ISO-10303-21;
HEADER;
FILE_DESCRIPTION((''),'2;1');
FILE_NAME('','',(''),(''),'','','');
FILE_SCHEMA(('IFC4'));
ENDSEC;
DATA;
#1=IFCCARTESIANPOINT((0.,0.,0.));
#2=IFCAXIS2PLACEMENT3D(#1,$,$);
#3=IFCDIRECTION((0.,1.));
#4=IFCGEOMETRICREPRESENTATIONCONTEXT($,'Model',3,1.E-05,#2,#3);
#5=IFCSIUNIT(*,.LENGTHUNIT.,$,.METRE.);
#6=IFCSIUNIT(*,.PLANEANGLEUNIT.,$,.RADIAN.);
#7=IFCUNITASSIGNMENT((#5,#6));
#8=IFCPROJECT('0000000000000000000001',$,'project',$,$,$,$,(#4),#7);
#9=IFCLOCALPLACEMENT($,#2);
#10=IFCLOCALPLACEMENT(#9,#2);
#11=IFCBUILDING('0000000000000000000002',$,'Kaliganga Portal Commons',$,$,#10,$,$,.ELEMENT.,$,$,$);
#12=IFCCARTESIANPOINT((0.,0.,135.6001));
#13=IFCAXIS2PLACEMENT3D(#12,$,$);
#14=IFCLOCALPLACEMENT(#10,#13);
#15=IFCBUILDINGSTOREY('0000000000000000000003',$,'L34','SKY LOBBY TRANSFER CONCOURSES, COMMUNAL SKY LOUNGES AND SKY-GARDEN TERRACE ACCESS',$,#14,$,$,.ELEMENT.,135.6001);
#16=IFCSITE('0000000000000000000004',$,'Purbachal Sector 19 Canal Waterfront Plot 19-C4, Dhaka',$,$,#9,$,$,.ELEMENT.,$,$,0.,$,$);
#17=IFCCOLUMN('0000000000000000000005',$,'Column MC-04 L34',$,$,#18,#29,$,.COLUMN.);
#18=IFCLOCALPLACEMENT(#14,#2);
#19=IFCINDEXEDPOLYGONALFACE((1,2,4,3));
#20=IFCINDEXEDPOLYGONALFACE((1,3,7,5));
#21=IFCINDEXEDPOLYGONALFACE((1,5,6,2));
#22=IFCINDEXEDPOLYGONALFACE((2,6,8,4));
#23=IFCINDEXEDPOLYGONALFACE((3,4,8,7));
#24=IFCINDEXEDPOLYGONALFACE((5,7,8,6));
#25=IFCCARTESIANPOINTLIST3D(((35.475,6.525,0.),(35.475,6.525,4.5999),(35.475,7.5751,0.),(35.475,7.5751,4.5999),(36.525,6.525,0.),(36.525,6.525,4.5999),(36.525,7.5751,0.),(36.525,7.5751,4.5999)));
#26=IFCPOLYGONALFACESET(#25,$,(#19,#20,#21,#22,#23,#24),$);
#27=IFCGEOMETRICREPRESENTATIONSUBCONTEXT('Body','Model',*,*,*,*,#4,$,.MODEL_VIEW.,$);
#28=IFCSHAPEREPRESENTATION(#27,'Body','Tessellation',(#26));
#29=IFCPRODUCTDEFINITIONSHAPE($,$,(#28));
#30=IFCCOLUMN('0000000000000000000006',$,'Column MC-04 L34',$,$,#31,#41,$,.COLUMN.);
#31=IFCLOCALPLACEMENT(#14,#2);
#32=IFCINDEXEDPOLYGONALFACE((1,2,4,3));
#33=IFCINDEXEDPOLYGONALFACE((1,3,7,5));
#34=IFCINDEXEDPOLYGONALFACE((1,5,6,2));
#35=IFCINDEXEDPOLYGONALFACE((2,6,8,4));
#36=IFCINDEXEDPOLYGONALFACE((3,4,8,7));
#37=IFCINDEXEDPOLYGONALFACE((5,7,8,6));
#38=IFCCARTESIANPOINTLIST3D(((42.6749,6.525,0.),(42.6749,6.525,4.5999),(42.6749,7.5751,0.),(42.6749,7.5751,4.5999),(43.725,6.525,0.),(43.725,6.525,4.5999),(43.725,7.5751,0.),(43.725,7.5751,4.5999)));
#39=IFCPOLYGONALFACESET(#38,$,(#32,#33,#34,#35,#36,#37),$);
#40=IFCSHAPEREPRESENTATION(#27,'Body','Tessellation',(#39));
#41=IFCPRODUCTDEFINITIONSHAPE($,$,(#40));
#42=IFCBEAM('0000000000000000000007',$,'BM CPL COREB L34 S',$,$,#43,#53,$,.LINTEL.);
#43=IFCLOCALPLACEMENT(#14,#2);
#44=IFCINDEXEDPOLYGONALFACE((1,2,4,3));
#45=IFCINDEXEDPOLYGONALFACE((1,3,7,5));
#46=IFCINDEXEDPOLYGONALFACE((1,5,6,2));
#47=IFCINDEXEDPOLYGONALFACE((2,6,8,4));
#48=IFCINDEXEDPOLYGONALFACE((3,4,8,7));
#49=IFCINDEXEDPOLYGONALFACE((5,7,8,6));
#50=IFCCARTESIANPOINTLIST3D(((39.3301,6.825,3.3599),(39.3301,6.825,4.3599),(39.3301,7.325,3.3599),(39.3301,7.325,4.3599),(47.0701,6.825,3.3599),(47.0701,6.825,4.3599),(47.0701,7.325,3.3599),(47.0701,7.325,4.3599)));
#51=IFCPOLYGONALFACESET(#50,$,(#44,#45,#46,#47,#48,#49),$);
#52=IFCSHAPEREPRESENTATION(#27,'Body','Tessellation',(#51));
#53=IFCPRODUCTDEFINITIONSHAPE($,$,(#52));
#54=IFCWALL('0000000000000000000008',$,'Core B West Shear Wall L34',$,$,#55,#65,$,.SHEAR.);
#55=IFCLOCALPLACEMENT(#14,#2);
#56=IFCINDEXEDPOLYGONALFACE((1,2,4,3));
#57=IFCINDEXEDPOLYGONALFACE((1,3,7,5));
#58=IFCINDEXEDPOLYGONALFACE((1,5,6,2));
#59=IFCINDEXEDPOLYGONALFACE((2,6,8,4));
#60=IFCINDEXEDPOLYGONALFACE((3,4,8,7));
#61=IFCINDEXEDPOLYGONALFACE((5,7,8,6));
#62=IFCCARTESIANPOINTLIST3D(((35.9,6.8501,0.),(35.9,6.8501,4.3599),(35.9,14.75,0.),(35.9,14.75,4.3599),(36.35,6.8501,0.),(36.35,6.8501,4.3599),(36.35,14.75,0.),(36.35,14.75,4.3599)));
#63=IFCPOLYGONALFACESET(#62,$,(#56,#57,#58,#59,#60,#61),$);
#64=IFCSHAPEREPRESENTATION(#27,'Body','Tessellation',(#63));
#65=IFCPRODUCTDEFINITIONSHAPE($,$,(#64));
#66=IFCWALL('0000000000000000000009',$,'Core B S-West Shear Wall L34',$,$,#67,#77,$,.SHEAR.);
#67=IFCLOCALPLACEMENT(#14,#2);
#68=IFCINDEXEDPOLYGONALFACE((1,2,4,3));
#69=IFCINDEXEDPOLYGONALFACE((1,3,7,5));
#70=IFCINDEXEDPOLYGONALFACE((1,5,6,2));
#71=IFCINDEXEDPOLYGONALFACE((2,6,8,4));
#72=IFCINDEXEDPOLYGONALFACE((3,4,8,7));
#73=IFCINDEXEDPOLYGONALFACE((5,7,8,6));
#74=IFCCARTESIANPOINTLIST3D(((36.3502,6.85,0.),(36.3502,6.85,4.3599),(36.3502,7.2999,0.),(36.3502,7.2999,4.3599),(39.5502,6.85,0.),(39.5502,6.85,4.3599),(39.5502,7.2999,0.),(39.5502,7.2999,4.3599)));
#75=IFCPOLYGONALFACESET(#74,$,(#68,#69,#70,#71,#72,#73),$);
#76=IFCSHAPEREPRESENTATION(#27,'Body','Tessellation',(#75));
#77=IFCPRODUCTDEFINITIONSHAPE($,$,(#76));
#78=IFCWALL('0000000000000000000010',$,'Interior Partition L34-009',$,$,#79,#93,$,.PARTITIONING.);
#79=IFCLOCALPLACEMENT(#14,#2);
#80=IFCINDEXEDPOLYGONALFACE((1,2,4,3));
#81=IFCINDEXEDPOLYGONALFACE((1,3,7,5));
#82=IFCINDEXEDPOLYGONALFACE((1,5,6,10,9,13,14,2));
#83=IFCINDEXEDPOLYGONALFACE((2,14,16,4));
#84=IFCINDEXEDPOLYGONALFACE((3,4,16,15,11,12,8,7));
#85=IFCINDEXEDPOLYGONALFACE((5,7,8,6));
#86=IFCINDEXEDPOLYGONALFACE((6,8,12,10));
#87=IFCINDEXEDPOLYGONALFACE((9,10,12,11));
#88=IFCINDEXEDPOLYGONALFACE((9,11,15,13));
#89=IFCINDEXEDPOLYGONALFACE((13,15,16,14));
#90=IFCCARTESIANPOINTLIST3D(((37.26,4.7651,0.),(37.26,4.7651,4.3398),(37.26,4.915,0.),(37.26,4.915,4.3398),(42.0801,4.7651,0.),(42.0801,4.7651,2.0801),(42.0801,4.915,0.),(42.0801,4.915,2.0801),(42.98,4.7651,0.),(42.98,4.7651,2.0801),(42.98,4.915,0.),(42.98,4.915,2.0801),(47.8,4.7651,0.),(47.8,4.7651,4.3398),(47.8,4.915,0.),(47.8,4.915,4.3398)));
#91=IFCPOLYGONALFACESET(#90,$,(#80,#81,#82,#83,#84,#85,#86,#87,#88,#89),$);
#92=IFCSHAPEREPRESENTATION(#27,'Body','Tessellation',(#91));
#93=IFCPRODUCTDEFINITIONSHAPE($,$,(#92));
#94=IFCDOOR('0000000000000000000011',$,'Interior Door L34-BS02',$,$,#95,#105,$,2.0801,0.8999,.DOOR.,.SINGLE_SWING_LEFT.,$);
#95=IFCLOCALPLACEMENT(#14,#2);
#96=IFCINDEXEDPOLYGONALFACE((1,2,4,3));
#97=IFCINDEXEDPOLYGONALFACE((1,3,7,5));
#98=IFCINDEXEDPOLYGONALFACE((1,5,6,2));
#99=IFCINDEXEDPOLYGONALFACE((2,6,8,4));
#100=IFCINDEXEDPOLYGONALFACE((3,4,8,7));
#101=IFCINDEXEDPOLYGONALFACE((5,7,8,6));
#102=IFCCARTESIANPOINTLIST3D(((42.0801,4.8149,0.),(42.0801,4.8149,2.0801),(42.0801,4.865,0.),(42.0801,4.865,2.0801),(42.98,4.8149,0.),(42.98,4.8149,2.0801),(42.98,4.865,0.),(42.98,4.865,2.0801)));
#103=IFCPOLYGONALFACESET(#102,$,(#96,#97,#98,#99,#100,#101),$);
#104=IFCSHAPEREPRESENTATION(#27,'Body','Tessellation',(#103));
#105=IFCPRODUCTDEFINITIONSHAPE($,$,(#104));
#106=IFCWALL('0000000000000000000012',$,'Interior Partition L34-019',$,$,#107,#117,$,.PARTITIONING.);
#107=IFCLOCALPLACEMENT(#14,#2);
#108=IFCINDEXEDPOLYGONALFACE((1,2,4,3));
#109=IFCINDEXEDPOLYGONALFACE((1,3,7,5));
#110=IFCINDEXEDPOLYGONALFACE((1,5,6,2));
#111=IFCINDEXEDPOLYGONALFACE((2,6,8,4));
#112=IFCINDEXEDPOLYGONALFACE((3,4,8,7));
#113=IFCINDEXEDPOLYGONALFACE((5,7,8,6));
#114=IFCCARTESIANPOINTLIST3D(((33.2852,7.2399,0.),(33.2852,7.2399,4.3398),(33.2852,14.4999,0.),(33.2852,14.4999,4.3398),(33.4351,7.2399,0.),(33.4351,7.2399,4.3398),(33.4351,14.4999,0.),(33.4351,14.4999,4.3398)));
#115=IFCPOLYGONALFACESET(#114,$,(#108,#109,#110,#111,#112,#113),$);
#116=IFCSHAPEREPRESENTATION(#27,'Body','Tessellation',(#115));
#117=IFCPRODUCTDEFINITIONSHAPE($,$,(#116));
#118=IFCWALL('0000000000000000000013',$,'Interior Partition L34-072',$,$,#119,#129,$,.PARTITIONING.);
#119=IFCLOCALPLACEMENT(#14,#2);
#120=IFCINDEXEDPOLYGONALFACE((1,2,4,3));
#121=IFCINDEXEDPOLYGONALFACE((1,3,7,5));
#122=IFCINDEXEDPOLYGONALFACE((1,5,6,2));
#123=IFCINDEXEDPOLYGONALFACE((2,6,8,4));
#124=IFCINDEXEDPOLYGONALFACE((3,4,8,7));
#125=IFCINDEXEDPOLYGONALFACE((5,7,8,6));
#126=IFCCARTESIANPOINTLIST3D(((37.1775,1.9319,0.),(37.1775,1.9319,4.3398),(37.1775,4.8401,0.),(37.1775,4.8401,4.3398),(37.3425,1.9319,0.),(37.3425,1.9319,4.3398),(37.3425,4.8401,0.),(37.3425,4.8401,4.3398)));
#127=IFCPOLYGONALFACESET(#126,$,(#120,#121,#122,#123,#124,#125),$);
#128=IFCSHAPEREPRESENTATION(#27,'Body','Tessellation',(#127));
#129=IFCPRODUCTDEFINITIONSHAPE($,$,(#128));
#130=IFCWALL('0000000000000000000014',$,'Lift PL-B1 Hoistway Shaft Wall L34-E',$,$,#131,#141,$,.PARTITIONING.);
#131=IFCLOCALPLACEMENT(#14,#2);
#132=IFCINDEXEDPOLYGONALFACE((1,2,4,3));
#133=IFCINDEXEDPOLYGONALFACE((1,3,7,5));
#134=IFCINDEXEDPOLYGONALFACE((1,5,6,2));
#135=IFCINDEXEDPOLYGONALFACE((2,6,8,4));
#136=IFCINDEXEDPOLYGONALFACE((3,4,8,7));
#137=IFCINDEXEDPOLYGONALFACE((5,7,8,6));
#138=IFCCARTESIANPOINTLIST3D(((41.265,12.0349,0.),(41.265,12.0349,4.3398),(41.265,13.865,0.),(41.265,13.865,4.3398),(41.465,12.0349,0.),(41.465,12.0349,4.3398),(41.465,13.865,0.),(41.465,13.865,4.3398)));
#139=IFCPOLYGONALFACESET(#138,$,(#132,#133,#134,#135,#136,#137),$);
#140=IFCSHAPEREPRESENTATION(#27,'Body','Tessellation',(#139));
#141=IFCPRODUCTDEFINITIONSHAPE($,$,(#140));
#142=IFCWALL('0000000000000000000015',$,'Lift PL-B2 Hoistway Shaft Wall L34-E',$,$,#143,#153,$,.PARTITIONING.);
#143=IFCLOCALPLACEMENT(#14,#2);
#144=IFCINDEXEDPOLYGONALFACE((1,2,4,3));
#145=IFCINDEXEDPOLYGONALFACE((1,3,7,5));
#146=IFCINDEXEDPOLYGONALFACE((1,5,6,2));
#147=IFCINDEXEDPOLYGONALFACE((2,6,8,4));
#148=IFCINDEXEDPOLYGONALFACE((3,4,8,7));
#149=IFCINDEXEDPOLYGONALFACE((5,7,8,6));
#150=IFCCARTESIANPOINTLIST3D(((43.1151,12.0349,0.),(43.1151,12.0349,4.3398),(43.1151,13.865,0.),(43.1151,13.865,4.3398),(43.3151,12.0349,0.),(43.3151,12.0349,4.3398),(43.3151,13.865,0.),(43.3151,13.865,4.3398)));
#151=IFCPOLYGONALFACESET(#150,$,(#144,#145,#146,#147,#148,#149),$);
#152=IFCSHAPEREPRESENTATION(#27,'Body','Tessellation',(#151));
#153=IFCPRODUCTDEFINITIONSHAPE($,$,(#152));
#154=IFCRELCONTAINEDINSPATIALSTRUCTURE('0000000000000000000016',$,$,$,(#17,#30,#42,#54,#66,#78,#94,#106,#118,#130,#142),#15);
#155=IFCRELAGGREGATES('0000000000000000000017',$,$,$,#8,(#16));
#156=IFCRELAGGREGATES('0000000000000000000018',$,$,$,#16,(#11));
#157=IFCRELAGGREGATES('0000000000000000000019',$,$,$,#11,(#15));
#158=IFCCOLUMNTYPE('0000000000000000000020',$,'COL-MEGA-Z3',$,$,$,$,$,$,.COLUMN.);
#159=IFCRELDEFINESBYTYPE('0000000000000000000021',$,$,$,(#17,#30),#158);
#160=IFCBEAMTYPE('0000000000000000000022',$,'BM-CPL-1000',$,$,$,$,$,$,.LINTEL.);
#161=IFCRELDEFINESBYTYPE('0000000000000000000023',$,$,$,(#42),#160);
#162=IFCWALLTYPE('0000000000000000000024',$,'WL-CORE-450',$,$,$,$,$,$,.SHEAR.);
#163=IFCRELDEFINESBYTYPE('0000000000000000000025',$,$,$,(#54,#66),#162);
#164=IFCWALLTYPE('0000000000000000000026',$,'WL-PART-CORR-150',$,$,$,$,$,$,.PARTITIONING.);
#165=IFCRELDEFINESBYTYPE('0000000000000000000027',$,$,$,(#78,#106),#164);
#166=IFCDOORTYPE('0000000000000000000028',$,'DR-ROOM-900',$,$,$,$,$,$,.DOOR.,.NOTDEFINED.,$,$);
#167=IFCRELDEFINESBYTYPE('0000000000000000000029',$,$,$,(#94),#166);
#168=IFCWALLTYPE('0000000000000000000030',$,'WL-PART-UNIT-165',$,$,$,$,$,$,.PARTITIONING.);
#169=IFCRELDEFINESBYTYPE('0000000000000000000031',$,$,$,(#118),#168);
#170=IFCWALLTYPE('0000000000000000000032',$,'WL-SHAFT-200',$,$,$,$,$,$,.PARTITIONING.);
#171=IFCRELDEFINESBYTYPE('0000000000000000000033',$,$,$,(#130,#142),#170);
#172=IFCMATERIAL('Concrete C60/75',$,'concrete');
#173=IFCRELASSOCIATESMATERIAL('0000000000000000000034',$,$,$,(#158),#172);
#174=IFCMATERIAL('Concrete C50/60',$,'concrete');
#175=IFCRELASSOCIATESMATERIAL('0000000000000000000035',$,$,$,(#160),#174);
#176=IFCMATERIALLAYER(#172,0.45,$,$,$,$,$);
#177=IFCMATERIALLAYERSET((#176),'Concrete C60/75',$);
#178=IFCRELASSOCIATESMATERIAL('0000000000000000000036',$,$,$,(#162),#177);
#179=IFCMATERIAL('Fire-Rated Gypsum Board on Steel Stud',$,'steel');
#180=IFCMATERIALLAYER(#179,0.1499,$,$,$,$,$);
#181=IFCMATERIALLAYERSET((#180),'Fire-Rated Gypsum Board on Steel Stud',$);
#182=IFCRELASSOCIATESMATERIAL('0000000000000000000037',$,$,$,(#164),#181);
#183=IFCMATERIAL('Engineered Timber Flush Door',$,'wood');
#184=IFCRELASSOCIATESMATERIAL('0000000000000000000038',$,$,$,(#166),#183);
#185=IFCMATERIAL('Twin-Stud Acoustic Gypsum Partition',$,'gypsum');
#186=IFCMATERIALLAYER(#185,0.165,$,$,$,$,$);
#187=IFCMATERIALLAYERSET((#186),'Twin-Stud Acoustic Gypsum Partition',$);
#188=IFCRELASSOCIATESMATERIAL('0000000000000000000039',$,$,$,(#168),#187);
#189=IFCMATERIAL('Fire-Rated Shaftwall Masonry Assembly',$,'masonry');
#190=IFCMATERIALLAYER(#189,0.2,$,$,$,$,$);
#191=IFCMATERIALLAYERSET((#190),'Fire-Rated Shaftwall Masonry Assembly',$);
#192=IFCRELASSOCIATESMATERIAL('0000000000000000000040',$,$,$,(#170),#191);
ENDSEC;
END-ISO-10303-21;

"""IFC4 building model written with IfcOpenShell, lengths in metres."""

from ifc_helpers import new_model, si_unit, direction, frame, frame_2d, origin, origin_2d, place, context, subcontext, project, spatial, rectangle, extrude, source, transform, mapped, material, layer, layer_set, material_profile, profile_set, type_object, element, fill, save


model = new_model("IFC4")

# Units and contexts
model_context = context("Model", 3, precision=1e-05, world=origin(), true_north=direction((0.0, 1.0)))
body_context = subcontext(model_context, "Body", "Model", "MODEL_VIEW")
ifc_project = project(units=[si_unit("LENGTHUNIT", "METRE"), si_unit("PLANEANGLEUNIT", "RADIAN")], contexts=[model_context])

# Site, building, storey
site_placement = place(None, origin())
site = spatial("IfcSite", under=ifc_project, at=site_placement, Name="Purbachal Sector 19 Canal Waterfront Plot 19-C4, Dhaka", CompositionType="ELEMENT", RefElevation=0.0)
building_placement = place(site_placement, origin())
building = spatial("IfcBuilding", under=site, at=building_placement, Name="Kaliganga Portal Commons", CompositionType="ELEMENT")
storey_placement = place(building_placement, frame((0.0, 0.0, 135.6001)))
storey = spatial("IfcBuildingStorey", under=building, at=storey_placement, Name="L34", Description="SKY LOBBY TRANSFER CONCOURSES, COMMUNAL SKY LOUNGES AND SKY-GARDEN TERRACE ACCESS", CompositionType="ELEMENT", Elevation=135.6001)

# Columns
ifc_material_1 = material(Name="Concrete C60/75", Category="concrete")
ifc_material_profile_1 = material_profile(ifc_material_1, rectangle(XDim=1.05, YDim=1.05, at=origin_2d()), Name="RC 1050x1050")
ifc_profile_set_1 = profile_set([ifc_material_profile_1], Name="Concrete C60/75")
column_type = type_object("IfcColumnType", Name="COL-MEGA-Z3", PredefinedType="COLUMN", material=ifc_profile_set_1)
shared_shape_1 = source(origin(), body_context, "Body", "SweptSolid", [
    extrude(rectangle(XDim=1.05, YDim=1.05, at=origin_2d()), origin(), (0.0, 0.0, 1.0), 4.5999),
])
for number, where, z_axis, x_axis, name in (
    (1, (36.0, 7.05, 0.0), (0.0, 0.0, 1.0), (1.0, 0.0, 0.0), "Column MC-04 L34"),
    (2, (43.2, 7.05, 0.0), (0.0, 0.0, 1.0), (1.0, 0.0, 0.0), "Column MC-04 L34"),
):
    element("IfcColumn", number, at=place(storey_placement, frame(where, z_axis=z_axis, x_axis=x_axis)), inside=storey, type_object=column_type, Name=name, PredefinedType="COLUMN", context=body_context, shape_type="MappedRepresentation", body=[
        mapped(shared_shape_1, transform((0.0, 0.0, 0.0), x_axis=(1.0, 0.0, 0.0), y_axis=(0.0, 1.0, 0.0), z_axis=(0.0, 0.0, 1.0), scale=1.0)),
    ])

# Beam
ifc_material_2 = material(Name="Concrete C50/60", Category="concrete")
ifc_material_profile_2 = material_profile(ifc_material_2, rectangle(XDim=0.5, YDim=1.0, at=origin_2d()), Name="RC 500x1000")
ifc_profile_set_2 = profile_set([ifc_material_profile_2], Name="Concrete C50/60")
beam_type = type_object("IfcBeamType", Name="BM-CPL-1000", PredefinedType="LINTEL", material=ifc_profile_set_2)
shared_shape_2 = source(origin(), body_context, "Body", "SweptSolid", [
    extrude(rectangle(XDim=0.5, YDim=1.0, at=origin_2d()), origin(), (0.0, 0.0, 1.0), 7.74),
])
beam_placement = place(storey_placement, frame((39.3301, 7.075, 3.8599), z_axis=(1.0, 0.0, 0.0), x_axis=(0.0, 1.0, 0.0)))
element("IfcBeam", 3, at=beam_placement, inside=storey, type_object=beam_type, Name="BM CPL COREB L34 S", PredefinedType="LINTEL", context=body_context, shape_type="MappedRepresentation", body=[
    mapped(shared_shape_2, transform((0.0, 0.0, 0.0), x_axis=(1.0, 0.0, 0.0), y_axis=(0.0, 1.0, 0.0), z_axis=(0.0, 0.0, 1.0), scale=1.0)),
])

# Walls
ifc_layer_1 = layer(ifc_material_1, 0.45)
ifc_layer_set_1 = layer_set([ifc_layer_1], Name="Concrete C60/75")
wall_type_1 = type_object("IfcWallType", Name="WL-CORE-450", PredefinedType="SHEAR", material=ifc_layer_set_1)
wall_1_placement = place(storey_placement, frame((36.125, 6.8501, 0.0), z_axis=(0.0, 0.0, 1.0), x_axis=(0.0, 1.0, 0.0)))
element("IfcWall", 4, at=wall_1_placement, inside=storey, type_object=wall_type_1, Name="Core B West Shear Wall L34", PredefinedType="SHEAR", context=body_context, shape_type="SweptSolid", body=[
    extrude(rectangle(XDim=7.8999, YDim=0.45, at=frame_2d((3.95, 0.0))), origin(), (0.0, 0.0, 1.0), 4.3599),
])
wall_2_placement = place(storey_placement, frame((36.3501, 7.075, 0.0), z_axis=(0.0, 0.0, 1.0), x_axis=(1.0, 0.0, 0.0)))
element("IfcWall", 5, at=wall_2_placement, inside=storey, type_object=wall_type_1, Name="Core B S-West Shear Wall L34", PredefinedType="SHEAR", context=body_context, shape_type="SweptSolid", body=[
    extrude(rectangle(XDim=3.2, YDim=0.45, at=frame_2d((1.6001, 0.0))), origin(), (0.0, 0.0, 1.0), 4.3599),
])

# Wall, opening, door
ifc_material_3 = material(Name="Fire-Rated Gypsum Board on Steel Stud", Category="steel")
ifc_layer_2 = layer(ifc_material_3, 0.1499)
ifc_layer_set_2 = layer_set([ifc_layer_2], Name="Fire-Rated Gypsum Board on Steel Stud")
wall_type_2 = type_object("IfcWallType", Name="WL-PART-CORR-150", PredefinedType="PARTITIONING", material=ifc_layer_set_2)
wall_3_placement = place(storey_placement, frame((37.26, 4.8401, 0.0), z_axis=(0.0, 0.0, 1.0), x_axis=(1.0, 0.0, 0.0)))
wall_3 = element("IfcWall", 6, at=wall_3_placement, inside=storey, type_object=wall_type_2, Name="Interior Partition L34-009", PredefinedType="PARTITIONING", context=body_context, shape_type="SweptSolid", body=[
    extrude(rectangle(XDim=10.54, YDim=0.1499, at=frame_2d((5.27, 0.0))), origin(), (0.0, 0.0, 1.0), 4.3398),
])
opening_1_placement = place(wall_3_placement, frame((4.8201, 0.0, 0.0)))
opening_1 = element("IfcOpeningElement", 7, at=opening_1_placement, cuts=wall_3, PredefinedType="OPENING", context=body_context, shape_type="SweptSolid", body=[
    extrude(rectangle(XDim=0.8999, YDim=2.0801, at=frame_2d((0.45, 1.04))), frame((0.0, 0.085, 0.0), z_axis=(0.0, -1.0, 0.0), x_axis=(1.0, 0.0, 0.0)), (0.0, 0.0, 1.0), 0.1699),
])
ifc_material_4 = material(Name="Engineered Timber Flush Door", Category="wood")
door_type_1 = type_object("IfcDoorType", Name="DR-ROOM-900", OperationType="NOTDEFINED", PredefinedType="DOOR", material=ifc_material_4)
door_1_placement = place(opening_1_placement, origin())
door_1 = element("IfcDoor", 8, at=door_1_placement, inside=storey, type_object=door_type_1, Name="Interior Door L34-BS02", OperationType="SINGLE_SWING_LEFT", OverallHeight=2.0801, OverallWidth=0.8999, PredefinedType="DOOR", context=body_context, shape_type="SweptSolid", body=[
    extrude(rectangle(XDim=0.8999, YDim=2.0801, at=frame_2d((0.45, 1.04))), frame((0.0, 0.0249, 0.0), z_axis=(0.0, -1.0, 0.0), x_axis=(1.0, 0.0, 0.0)), (0.0, 0.0, 1.0), 0.05),
])
fill(opening_1, door_1)

# Walls
wall_4_placement = place(storey_placement, frame((33.3601, 7.24, 0.0), z_axis=(0.0, 0.0, 1.0), x_axis=(0.0, 1.0, 0.0)))
element("IfcWall", 9, at=wall_4_placement, inside=storey, type_object=wall_type_2, Name="Interior Partition L34-019", PredefinedType="PARTITIONING", context=body_context, shape_type="SweptSolid", body=[
    extrude(rectangle(XDim=7.26, YDim=0.1499, at=frame_2d((3.6299, 0.0))), origin(), (0.0, 0.0, 1.0), 4.3398),
])
ifc_material_5 = material(Name="Twin-Stud Acoustic Gypsum Partition", Category="gypsum")
ifc_layer_3 = layer(ifc_material_5, 0.165)
ifc_layer_set_3 = layer_set([ifc_layer_3], Name="Twin-Stud Acoustic Gypsum Partition")
wall_type_3 = type_object("IfcWallType", Name="WL-PART-UNIT-165", PredefinedType="PARTITIONING", material=ifc_layer_set_3)
wall_5_placement = place(storey_placement, frame((37.26, 1.9319, 0.0), z_axis=(0.0, 0.0, 1.0), x_axis=(0.0, 1.0, 0.0)))
element("IfcWall", 10, at=wall_5_placement, inside=storey, type_object=wall_type_3, Name="Interior Partition L34-072", PredefinedType="PARTITIONING", context=body_context, shape_type="SweptSolid", body=[
    extrude(rectangle(XDim=2.9082, YDim=0.165, at=frame_2d((1.4541, 0.0))), origin(), (0.0, 0.0, 1.0), 4.3398),
])

# Shared definitions
ifc_material_6 = material(Name="Fire-Rated Shaftwall Masonry Assembly", Category="masonry")
ifc_layer_4 = layer(ifc_material_6, 0.2)
ifc_layer_set_4 = layer_set([ifc_layer_4], Name="Fire-Rated Shaftwall Masonry Assembly")
wall_type_4 = type_object("IfcWallType", Name="WL-SHAFT-200", PredefinedType="PARTITIONING", material=ifc_layer_set_4)

# Wall
wall_6_placement = place(storey_placement, frame((41.365, 12.0349, 0.0), z_axis=(0.0, 0.0, 1.0), x_axis=(0.0, 1.0, 0.0)))
element("IfcWall", 11, at=wall_6_placement, inside=storey, type_object=wall_type_4, Name="Lift PL-B1 Hoistway Shaft Wall L34-E", PredefinedType="PARTITIONING", context=body_context, shape_type="SweptSolid", body=[
    extrude(rectangle(XDim=1.8301, YDim=0.2, at=frame_2d((0.915, 0.0))), origin(), (0.0, 0.0, 1.0), 4.3398),
])

# Wall
wall_7_placement = place(storey_placement, frame((43.2151, 12.0349, 0.0), z_axis=(0.0, 0.0, 1.0), x_axis=(0.0, 1.0, 0.0)))
element("IfcWall", 12, at=wall_7_placement, inside=storey, type_object=wall_type_4, Name="Lift PL-B2 Hoistway Shaft Wall L34-E", PredefinedType="PARTITIONING", context=body_context, shape_type="SweptSolid", body=[
    extrude(rectangle(XDim=1.8301, YDim=0.2, at=frame_2d((0.915, 0.0))), origin(), (0.0, 0.0, 1.0), 4.3398),
])

save(model, "model.ifc")
